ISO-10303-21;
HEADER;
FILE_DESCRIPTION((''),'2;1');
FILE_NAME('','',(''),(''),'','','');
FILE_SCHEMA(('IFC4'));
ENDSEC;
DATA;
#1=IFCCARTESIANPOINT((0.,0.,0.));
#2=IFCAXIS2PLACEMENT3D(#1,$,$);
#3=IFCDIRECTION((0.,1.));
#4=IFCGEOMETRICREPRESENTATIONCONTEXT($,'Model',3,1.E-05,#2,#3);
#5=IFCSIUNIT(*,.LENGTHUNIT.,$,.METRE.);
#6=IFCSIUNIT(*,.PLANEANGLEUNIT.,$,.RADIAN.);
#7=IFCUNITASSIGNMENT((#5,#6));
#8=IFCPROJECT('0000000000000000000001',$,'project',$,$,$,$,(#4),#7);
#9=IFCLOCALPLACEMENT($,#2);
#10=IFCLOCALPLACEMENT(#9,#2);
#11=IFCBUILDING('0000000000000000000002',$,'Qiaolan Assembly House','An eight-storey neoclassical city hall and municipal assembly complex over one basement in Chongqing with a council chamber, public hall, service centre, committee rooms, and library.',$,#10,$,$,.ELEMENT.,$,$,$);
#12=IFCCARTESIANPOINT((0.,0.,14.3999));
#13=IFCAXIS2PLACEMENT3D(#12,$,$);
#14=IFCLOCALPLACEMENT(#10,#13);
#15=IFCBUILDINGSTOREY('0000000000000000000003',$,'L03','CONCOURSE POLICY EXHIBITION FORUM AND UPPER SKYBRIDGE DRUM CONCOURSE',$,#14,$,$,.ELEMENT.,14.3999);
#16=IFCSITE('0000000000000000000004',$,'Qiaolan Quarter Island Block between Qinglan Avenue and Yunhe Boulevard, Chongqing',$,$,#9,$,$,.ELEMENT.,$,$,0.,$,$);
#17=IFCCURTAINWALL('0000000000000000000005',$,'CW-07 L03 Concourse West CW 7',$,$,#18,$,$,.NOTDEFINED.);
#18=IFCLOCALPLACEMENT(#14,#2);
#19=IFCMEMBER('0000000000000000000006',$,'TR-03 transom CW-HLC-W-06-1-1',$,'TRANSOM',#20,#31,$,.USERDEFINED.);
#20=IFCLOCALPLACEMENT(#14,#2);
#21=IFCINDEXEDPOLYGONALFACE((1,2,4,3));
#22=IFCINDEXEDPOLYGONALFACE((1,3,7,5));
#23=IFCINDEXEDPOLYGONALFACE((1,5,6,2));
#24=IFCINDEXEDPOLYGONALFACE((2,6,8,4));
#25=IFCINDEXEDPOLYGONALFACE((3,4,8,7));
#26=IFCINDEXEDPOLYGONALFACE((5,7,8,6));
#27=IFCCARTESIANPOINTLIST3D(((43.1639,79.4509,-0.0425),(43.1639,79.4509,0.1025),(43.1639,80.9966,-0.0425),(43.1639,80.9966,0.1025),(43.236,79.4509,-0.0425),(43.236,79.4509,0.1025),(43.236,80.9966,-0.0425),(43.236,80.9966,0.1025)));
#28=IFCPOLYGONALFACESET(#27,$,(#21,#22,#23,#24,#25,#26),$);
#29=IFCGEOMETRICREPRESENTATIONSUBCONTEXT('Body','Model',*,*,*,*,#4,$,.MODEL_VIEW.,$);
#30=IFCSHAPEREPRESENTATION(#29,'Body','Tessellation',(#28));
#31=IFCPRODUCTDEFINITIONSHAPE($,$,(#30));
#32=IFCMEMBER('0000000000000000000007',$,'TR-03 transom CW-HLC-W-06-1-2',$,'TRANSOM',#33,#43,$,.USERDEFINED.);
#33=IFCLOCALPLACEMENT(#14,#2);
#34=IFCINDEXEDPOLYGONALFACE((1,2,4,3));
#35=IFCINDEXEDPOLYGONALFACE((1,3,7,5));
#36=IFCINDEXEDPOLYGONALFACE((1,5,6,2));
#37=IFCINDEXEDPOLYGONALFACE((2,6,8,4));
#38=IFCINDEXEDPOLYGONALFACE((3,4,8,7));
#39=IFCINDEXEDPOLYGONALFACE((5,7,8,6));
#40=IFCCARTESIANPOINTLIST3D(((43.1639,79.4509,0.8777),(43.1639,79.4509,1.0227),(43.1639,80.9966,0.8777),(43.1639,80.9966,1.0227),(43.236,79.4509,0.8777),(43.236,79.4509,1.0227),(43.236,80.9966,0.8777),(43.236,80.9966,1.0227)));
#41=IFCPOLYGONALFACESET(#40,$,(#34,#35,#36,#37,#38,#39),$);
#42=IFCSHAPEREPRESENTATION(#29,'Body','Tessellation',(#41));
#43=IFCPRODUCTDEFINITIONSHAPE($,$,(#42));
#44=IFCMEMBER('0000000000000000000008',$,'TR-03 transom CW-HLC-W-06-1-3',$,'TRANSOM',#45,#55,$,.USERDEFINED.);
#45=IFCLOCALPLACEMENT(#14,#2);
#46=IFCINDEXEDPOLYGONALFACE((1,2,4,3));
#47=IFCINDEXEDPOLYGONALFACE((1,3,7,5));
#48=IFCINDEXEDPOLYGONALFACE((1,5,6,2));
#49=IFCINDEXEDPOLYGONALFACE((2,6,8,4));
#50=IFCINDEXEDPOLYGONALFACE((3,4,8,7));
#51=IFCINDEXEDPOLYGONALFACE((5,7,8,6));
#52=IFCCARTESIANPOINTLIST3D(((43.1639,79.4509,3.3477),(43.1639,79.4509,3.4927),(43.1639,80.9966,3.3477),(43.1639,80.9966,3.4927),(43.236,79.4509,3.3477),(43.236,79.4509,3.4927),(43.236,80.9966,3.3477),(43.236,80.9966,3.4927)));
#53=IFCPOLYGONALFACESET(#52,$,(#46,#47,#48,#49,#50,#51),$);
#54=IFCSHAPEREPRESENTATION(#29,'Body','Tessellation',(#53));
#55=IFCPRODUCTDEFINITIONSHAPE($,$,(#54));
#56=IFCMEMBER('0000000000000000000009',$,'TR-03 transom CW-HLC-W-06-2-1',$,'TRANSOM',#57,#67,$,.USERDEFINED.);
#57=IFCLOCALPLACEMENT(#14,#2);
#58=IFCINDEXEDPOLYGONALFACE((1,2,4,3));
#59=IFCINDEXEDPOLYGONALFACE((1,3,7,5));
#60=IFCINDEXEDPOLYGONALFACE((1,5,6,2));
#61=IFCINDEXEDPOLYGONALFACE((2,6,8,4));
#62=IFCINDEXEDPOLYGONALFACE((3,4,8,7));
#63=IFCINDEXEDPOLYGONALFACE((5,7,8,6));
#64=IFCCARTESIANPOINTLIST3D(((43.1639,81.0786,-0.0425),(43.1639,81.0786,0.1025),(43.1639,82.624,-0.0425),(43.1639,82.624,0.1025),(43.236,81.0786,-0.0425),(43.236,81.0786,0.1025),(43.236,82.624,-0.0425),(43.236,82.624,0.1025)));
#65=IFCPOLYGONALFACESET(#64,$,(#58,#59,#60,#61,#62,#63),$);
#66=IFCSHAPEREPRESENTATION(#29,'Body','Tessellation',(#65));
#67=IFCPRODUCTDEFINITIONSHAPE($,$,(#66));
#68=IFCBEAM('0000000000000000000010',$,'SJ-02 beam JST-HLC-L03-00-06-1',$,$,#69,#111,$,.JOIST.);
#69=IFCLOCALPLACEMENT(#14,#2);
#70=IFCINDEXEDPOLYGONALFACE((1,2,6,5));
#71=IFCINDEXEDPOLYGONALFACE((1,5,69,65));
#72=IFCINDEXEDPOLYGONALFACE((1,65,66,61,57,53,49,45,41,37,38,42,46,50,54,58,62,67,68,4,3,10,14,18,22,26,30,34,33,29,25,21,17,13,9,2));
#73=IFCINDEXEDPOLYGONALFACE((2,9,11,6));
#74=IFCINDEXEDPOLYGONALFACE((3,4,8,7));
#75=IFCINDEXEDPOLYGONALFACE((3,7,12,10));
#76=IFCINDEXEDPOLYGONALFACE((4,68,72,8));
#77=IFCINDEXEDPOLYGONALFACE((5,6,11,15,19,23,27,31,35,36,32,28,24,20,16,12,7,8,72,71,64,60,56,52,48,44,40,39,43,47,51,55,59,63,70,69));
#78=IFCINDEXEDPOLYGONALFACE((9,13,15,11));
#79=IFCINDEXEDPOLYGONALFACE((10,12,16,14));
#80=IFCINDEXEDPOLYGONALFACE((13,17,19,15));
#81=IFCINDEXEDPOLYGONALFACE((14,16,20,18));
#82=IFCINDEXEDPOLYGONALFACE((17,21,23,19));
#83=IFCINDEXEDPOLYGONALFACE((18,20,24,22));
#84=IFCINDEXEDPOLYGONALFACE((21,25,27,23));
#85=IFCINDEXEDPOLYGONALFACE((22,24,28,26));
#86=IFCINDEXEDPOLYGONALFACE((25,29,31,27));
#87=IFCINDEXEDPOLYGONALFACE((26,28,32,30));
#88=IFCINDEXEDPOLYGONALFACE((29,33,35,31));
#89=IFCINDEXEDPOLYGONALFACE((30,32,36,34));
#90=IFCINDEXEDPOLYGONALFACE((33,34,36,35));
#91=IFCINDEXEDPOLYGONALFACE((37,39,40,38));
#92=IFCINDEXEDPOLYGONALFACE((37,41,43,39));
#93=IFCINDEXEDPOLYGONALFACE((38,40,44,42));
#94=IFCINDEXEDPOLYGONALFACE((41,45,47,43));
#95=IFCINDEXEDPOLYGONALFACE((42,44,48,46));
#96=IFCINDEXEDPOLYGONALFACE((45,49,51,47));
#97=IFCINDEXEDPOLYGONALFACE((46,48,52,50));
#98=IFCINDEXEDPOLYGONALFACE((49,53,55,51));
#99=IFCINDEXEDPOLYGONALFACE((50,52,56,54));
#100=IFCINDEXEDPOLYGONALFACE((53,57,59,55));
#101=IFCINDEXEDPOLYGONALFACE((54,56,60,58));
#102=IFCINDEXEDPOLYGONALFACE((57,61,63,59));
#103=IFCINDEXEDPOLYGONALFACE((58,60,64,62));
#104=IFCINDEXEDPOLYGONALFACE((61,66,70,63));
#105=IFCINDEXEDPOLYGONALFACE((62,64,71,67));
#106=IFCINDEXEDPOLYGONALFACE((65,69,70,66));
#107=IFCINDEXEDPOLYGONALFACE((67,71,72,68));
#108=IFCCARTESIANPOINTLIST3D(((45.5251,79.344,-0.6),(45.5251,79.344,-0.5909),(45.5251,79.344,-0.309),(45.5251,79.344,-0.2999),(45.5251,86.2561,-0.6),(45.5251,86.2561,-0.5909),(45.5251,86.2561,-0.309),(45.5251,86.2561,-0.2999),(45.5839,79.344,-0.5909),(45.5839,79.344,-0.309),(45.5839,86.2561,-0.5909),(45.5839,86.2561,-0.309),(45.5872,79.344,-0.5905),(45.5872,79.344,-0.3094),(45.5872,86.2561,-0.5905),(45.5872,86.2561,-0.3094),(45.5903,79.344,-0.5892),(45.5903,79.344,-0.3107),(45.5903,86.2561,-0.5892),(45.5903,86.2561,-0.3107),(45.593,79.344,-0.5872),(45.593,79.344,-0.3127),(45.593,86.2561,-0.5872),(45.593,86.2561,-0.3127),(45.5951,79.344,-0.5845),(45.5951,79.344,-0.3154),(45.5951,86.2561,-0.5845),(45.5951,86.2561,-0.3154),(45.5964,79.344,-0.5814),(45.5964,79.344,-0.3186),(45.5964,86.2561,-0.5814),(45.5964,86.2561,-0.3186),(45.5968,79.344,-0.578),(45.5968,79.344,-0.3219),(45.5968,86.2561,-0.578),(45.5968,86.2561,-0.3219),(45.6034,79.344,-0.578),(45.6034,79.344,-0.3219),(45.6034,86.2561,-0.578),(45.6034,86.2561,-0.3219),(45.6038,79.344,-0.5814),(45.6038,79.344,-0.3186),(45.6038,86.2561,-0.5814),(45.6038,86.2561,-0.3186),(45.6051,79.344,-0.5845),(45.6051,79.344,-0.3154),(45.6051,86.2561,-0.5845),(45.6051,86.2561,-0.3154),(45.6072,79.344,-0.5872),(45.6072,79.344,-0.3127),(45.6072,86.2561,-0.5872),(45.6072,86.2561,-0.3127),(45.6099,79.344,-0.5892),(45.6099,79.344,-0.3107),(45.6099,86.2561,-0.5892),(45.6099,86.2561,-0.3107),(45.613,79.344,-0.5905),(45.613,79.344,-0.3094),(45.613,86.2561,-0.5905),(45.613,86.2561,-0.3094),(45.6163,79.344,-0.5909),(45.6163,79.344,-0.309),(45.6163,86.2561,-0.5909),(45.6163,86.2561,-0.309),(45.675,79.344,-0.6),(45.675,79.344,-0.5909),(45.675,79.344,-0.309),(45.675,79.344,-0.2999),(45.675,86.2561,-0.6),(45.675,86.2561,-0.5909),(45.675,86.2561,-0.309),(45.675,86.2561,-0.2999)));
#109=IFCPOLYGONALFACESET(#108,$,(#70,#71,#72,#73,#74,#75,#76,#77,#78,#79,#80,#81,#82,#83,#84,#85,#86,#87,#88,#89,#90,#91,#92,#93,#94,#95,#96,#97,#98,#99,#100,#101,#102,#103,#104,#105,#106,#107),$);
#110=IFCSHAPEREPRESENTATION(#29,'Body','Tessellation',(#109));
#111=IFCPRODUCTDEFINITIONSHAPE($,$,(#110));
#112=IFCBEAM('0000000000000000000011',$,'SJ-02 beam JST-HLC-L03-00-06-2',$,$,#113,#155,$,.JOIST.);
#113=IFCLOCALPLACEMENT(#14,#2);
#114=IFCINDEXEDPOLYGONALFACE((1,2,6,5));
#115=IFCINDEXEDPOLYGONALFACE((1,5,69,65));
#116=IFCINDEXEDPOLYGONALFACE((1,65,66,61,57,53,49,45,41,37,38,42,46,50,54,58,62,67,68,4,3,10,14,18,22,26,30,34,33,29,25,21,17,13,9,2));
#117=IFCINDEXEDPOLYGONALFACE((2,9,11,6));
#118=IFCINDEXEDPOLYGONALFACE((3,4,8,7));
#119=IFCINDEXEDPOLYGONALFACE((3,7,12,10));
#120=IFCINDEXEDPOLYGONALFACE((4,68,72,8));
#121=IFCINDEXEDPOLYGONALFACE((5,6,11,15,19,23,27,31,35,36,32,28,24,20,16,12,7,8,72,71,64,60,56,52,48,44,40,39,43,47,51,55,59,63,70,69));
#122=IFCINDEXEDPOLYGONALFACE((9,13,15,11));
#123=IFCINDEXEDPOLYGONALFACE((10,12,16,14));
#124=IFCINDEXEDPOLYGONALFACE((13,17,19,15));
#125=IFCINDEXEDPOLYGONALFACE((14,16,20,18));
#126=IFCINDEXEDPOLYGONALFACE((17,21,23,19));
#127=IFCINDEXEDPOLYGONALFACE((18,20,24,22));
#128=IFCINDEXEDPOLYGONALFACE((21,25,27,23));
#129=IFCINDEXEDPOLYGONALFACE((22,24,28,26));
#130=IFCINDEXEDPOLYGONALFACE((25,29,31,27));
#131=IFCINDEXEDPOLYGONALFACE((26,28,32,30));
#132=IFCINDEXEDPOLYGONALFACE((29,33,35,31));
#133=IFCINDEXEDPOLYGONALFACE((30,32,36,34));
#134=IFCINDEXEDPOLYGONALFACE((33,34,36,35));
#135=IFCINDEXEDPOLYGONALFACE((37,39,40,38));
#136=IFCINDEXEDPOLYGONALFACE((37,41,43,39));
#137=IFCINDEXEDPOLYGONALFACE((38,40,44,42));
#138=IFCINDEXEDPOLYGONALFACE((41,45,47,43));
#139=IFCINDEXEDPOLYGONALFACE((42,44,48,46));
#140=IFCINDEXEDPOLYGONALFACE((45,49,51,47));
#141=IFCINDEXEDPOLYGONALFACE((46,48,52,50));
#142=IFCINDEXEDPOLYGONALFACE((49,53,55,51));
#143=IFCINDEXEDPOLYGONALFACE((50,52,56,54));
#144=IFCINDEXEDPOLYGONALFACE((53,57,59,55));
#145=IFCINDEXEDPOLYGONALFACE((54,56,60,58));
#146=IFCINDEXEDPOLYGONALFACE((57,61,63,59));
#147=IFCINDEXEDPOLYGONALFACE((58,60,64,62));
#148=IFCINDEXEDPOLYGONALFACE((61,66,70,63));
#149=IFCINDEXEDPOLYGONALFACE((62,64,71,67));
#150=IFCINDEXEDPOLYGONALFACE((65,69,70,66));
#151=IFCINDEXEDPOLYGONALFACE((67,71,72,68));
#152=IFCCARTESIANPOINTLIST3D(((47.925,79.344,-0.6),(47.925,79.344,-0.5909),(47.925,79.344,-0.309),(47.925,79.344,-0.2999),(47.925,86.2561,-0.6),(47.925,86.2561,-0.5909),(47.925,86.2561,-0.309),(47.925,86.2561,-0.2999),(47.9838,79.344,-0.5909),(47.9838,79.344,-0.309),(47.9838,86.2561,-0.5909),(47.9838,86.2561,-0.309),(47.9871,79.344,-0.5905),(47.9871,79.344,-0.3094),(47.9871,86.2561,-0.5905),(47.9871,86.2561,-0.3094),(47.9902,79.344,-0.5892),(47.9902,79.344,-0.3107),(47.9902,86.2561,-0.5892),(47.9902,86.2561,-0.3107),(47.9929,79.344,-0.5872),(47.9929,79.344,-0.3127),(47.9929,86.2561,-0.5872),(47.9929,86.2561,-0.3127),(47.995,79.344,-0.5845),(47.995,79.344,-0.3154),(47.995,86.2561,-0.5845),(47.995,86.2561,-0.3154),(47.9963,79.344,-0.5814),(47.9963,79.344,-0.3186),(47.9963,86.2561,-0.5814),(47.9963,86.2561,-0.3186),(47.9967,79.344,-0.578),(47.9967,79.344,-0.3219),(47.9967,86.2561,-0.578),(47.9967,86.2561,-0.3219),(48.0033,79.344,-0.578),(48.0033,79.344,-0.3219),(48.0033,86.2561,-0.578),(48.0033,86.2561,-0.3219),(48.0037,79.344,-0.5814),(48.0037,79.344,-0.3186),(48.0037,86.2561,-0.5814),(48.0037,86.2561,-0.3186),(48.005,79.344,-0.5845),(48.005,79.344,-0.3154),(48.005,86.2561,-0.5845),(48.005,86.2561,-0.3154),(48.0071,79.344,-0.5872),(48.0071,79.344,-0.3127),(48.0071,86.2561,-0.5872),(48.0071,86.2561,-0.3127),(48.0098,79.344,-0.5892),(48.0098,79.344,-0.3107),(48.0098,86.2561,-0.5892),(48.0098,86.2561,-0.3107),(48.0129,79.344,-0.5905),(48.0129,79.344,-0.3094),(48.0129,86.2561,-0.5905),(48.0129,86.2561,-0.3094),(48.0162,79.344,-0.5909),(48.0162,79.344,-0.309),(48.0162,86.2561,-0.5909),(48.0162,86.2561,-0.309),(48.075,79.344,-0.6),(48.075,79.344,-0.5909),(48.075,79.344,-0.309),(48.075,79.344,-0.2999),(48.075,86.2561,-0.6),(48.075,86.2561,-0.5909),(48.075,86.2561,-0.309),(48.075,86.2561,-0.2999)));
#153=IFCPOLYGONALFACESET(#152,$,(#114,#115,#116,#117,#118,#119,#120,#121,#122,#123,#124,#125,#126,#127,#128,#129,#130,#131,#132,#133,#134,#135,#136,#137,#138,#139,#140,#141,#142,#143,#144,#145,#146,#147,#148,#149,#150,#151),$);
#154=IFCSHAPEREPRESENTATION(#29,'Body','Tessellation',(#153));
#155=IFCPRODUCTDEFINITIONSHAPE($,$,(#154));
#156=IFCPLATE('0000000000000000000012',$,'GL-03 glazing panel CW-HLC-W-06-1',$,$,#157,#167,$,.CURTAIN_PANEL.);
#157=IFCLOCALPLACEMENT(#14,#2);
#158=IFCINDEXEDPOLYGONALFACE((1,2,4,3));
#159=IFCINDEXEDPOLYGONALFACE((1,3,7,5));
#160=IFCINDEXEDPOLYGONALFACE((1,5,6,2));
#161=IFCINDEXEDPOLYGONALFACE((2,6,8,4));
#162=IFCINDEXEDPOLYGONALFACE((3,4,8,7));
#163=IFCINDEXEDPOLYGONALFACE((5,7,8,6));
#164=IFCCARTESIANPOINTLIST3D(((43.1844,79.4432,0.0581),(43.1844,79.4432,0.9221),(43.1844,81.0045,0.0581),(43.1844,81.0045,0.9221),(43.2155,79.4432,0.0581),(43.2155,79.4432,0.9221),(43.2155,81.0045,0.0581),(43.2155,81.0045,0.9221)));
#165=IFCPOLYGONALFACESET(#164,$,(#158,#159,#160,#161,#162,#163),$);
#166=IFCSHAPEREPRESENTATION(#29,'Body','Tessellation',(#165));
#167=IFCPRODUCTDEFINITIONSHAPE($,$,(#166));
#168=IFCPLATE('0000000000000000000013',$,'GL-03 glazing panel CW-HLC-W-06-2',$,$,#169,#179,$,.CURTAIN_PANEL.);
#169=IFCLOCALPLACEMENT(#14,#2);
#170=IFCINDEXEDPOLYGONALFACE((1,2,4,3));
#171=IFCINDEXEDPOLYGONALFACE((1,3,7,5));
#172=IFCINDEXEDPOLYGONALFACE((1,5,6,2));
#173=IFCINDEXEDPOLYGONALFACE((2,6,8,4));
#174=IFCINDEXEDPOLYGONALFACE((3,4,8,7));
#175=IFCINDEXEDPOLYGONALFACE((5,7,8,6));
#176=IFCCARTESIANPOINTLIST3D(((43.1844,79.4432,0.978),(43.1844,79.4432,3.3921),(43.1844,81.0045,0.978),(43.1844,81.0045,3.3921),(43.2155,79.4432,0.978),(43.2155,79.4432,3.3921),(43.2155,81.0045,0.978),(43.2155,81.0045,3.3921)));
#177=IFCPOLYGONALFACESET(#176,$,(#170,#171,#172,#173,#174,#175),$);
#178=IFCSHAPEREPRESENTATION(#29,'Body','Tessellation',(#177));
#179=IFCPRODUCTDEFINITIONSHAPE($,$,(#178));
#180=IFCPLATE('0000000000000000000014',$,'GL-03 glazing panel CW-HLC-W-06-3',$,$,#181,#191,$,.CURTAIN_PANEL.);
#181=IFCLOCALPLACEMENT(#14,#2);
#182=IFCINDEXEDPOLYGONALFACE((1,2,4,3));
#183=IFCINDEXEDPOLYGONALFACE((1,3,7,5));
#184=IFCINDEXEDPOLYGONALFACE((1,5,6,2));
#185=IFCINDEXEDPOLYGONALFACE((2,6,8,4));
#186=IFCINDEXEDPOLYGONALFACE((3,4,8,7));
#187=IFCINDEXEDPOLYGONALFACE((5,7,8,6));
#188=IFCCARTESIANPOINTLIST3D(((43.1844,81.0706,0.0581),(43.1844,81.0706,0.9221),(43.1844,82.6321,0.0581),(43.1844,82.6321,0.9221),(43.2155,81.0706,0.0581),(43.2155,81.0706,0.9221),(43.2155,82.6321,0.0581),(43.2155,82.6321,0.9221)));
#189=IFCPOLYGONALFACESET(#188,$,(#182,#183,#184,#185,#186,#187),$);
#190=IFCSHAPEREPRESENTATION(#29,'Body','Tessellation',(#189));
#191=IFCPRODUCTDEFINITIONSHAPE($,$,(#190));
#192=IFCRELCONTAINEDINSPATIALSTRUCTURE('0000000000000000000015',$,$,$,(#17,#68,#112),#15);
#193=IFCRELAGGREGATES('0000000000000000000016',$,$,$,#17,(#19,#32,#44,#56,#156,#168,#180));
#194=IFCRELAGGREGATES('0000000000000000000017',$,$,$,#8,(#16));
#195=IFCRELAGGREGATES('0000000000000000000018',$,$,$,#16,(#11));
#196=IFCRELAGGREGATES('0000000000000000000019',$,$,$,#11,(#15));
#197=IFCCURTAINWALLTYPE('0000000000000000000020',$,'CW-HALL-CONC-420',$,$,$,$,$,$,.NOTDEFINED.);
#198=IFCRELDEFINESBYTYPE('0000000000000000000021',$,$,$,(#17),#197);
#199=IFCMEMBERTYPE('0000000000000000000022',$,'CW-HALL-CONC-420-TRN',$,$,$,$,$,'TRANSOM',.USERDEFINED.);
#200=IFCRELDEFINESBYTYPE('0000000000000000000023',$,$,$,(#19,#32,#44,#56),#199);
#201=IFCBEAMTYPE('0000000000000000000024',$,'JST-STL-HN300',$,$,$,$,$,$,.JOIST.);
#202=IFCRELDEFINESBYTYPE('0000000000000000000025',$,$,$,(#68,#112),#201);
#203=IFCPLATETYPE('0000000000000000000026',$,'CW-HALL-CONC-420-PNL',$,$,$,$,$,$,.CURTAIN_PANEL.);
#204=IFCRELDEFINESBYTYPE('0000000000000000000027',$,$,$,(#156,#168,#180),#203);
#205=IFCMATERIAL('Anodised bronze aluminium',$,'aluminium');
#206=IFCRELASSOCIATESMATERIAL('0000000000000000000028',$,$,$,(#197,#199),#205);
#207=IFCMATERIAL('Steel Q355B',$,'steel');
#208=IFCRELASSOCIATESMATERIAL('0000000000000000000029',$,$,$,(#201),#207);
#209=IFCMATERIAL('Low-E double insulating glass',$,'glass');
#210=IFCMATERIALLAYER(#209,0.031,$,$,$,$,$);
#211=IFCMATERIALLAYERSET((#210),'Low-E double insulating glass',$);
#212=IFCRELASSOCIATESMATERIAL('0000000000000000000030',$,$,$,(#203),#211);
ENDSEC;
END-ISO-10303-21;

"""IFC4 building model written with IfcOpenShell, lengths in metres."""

from ifc_helpers import new_model, si_unit, direction, frame, frame_2d, origin, origin_2d, place, context, subcontext, project, spatial, rectangle, i_section, extrude, material, layer, layer_set, material_profile, profile_set, type_object, element, aggregate, save


model = new_model("IFC4")

# Units and contexts
model_context = context("Model", 3, precision=1e-05, world=origin(), true_north=direction((0.0, 1.0)))
body_context = subcontext(model_context, "Body", "Model", "MODEL_VIEW")
ifc_project = project(units=[si_unit("LENGTHUNIT", "METRE"), si_unit("PLANEANGLEUNIT", "RADIAN")], contexts=[model_context])

# Site, building, storey
site_placement = place(None, origin())
site = spatial("IfcSite", under=ifc_project, at=site_placement, Name="Qiaolan Quarter Island Block between Qinglan Avenue and Yunhe Boulevard, Chongqing", CompositionType="ELEMENT", RefElevation=0.0)
building_placement = place(site_placement, origin())
building = spatial("IfcBuilding", under=site, at=building_placement, Name="Qiaolan Assembly House", Description="An eight-storey neoclassical city hall and municipal assembly complex over one basement in Chongqing with a council chamber, public hall, service centre, committee rooms, and library.", CompositionType="ELEMENT")
storey_placement = place(building_placement, frame((0.0, 0.0, 14.3999)))
storey = spatial("IfcBuildingStorey", under=building, at=storey_placement, Name="L03", Description="CONCOURSE POLICY EXHIBITION FORUM AND UPPER SKYBRIDGE DRUM CONCOURSE", CompositionType="ELEMENT", Elevation=14.3999)

# Shared definitions
ifc_material_1 = material(Name="Steel Q355B", Category="steel")

# Curtain wall, members
ifc_material_2 = material(Name="Anodised bronze aluminium", Category="aluminium")
curtain_wall_type = type_object("IfcCurtainWallType", Name="CW-HALL-CONC-420", PredefinedType="NOTDEFINED", material=ifc_material_2)
curtain_wall_placement = place(storey_placement, origin())
curtain_wall = element("IfcCurtainWall", 1, at=curtain_wall_placement, inside=storey, type_object=curtain_wall_type, Name="CW-07 L03 Concourse West CW 7", PredefinedType="NOTDEFINED")
ifc_material_profile_1 = material_profile(ifc_material_2, rectangle(XDim=0.072, YDim=0.145, at=origin_2d()), Name="TRN 72x145")
ifc_profile_set_1 = profile_set([ifc_material_profile_1], Name="Anodised bronze aluminium")
member_type_1 = type_object("IfcMemberType", Name="CW-HALL-CONC-420-TRN", ElementType="TRANSOM", PredefinedType="USERDEFINED", material=ifc_profile_set_1)
member_1_placement = place(storey_placement, frame((43.2, 79.4509, 0.03), z_axis=(0.0, 1.0, 0.0), x_axis=(-1.0, 0.0, 0.0)))
member_1 = element("IfcMember", 2, at=member_1_placement, type_object=member_type_1, Name="TR-03 transom CW-HLC-W-06-1-1", ObjectType="TRANSOM", PredefinedType="USERDEFINED", context=body_context, shape_type="SweptSolid", body=[
    extrude(rectangle(XDim=0.072, YDim=0.145, at=origin_2d()), origin(), (0.0, 0.0, 1.0), 1.5457),
])
member_2_placement = place(storey_placement, frame((43.2, 79.4509, 0.9502), z_axis=(0.0, 1.0, 0.0), x_axis=(-1.0, 0.0, 0.0)))
member_2 = element("IfcMember", 3, at=member_2_placement, type_object=member_type_1, Name="TR-03 transom CW-HLC-W-06-1-2", ObjectType="TRANSOM", PredefinedType="USERDEFINED", context=body_context, shape_type="SweptSolid", body=[
    extrude(rectangle(XDim=0.072, YDim=0.145, at=origin_2d()), origin(), (0.0, 0.0, 1.0), 1.5457),
])
member_3_placement = place(storey_placement, frame((43.2, 79.4509, 3.4202), z_axis=(0.0, 1.0, 0.0), x_axis=(-1.0, 0.0, 0.0)))
member_3 = element("IfcMember", 4, at=member_3_placement, type_object=member_type_1, Name="TR-03 transom CW-HLC-W-06-1-3", ObjectType="TRANSOM", PredefinedType="USERDEFINED", context=body_context, shape_type="SweptSolid", body=[
    extrude(rectangle(XDim=0.072, YDim=0.145, at=origin_2d()), origin(), (0.0, 0.0, 1.0), 1.5457),
])
member_4_placement = place(storey_placement, frame((43.2, 81.0786, 0.03), z_axis=(0.0, 1.0, 0.0), x_axis=(-1.0, 0.0, 0.0)))
member_4 = element("IfcMember", 5, at=member_4_placement, type_object=member_type_1, Name="TR-03 transom CW-HLC-W-06-2-1", ObjectType="TRANSOM", PredefinedType="USERDEFINED", context=body_context, shape_type="SweptSolid", body=[
    extrude(rectangle(XDim=0.072, YDim=0.145, at=origin_2d()), origin(), (0.0, 0.0, 1.0), 1.5454),
])

# Beams
ifc_material_profile_2 = material_profile(ifc_material_1, i_section(OverallWidth=0.1499, OverallDepth=0.3, WebThickness=0.0066, FlangeThickness=0.009, FilletRadius=0.0129, at=origin_2d()), Name="HN 300x150x6.5x9")
ifc_profile_set_2 = profile_set([ifc_material_profile_2], Name="Steel Q355B")
beam_type_1 = type_object("IfcBeamType", Name="JST-STL-HN300", PredefinedType="JOIST", material=ifc_profile_set_2)
for number, where, z_axis, x_axis, name in (
    (6, (45.6001, 79.344, -0.45), (0.0, 1.0, 0.0), (-1.0, 0.0, 0.0), "SJ-02 beam JST-HLC-L03-00-06-1"),
    (7, (48.0, 79.344, -0.45), (0.0, 1.0, 0.0), (-1.0, 0.0, 0.0), "SJ-02 beam JST-HLC-L03-00-06-2"),
):
    element("IfcBeam", number, at=place(storey_placement, frame(where, z_axis=z_axis, x_axis=x_axis)), inside=storey, type_object=beam_type_1, Name=name, PredefinedType="JOIST", context=body_context, shape_type="SweptSolid", body=[
        extrude(i_section(OverallWidth=0.1499, OverallDepth=0.3, WebThickness=0.0066, FlangeThickness=0.009, FilletRadius=0.0129, at=origin_2d()), origin(), (0.0, 0.0, 1.0), 6.9121),
    ])

# Plates
ifc_material_3 = material(Name="Low-E double insulating glass", Category="glass")
ifc_layer_1 = layer(ifc_material_3, 0.031)
ifc_layer_set_1 = layer_set([ifc_layer_1], Name="Low-E double insulating glass")
plate_type_1 = type_object("IfcPlateType", Name="CW-HALL-CONC-420-PNL", PredefinedType="CURTAIN_PANEL", material=ifc_layer_set_1)
plate_1_placement = place(storey_placement, frame((43.2, 79.4431, 0.0581), z_axis=(0.0, 0.0, 1.0), x_axis=(0.0, 1.0, 0.0)))
plate_1 = element("IfcPlate", 8, at=plate_1_placement, type_object=plate_type_1, Name="GL-03 glazing panel CW-HLC-W-06-1", PredefinedType="CURTAIN_PANEL", context=body_context, shape_type="SweptSolid", body=[
    extrude(rectangle(XDim=1.5613, YDim=0.031, at=frame_2d((0.7808, 0.0))), origin(), (0.0, 0.0, 1.0), 0.864),
])
plate_2_placement = place(storey_placement, frame((43.2, 79.4431, 0.978), z_axis=(0.0, 0.0, 1.0), x_axis=(0.0, 1.0, 0.0)))
plate_2 = element("IfcPlate", 9, at=plate_2_placement, type_object=plate_type_1, Name="GL-03 glazing panel CW-HLC-W-06-2", PredefinedType="CURTAIN_PANEL", context=body_context, shape_type="SweptSolid", body=[
    extrude(rectangle(XDim=1.5613, YDim=0.031, at=frame_2d((0.7808, 0.0))), origin(), (0.0, 0.0, 1.0), 2.4141),
])
plate_3_placement = place(storey_placement, frame((43.2, 81.0706, 0.0581), z_axis=(0.0, 0.0, 1.0), x_axis=(0.0, 1.0, 0.0)))
plate_3 = element("IfcPlate", 10, at=plate_3_placement, type_object=plate_type_1, Name="GL-03 glazing panel CW-HLC-W-06-3", PredefinedType="CURTAIN_PANEL", context=body_context, shape_type="SweptSolid", body=[
    extrude(rectangle(XDim=1.5615, YDim=0.031, at=frame_2d((0.7808, 0.0))), origin(), (0.0, 0.0, 1.0), 0.864),
])
aggregate(curtain_wall, [member_1, member_2, member_3, member_4, plate_1, plate_2, plate_3])

save(model, "model.ifc")
